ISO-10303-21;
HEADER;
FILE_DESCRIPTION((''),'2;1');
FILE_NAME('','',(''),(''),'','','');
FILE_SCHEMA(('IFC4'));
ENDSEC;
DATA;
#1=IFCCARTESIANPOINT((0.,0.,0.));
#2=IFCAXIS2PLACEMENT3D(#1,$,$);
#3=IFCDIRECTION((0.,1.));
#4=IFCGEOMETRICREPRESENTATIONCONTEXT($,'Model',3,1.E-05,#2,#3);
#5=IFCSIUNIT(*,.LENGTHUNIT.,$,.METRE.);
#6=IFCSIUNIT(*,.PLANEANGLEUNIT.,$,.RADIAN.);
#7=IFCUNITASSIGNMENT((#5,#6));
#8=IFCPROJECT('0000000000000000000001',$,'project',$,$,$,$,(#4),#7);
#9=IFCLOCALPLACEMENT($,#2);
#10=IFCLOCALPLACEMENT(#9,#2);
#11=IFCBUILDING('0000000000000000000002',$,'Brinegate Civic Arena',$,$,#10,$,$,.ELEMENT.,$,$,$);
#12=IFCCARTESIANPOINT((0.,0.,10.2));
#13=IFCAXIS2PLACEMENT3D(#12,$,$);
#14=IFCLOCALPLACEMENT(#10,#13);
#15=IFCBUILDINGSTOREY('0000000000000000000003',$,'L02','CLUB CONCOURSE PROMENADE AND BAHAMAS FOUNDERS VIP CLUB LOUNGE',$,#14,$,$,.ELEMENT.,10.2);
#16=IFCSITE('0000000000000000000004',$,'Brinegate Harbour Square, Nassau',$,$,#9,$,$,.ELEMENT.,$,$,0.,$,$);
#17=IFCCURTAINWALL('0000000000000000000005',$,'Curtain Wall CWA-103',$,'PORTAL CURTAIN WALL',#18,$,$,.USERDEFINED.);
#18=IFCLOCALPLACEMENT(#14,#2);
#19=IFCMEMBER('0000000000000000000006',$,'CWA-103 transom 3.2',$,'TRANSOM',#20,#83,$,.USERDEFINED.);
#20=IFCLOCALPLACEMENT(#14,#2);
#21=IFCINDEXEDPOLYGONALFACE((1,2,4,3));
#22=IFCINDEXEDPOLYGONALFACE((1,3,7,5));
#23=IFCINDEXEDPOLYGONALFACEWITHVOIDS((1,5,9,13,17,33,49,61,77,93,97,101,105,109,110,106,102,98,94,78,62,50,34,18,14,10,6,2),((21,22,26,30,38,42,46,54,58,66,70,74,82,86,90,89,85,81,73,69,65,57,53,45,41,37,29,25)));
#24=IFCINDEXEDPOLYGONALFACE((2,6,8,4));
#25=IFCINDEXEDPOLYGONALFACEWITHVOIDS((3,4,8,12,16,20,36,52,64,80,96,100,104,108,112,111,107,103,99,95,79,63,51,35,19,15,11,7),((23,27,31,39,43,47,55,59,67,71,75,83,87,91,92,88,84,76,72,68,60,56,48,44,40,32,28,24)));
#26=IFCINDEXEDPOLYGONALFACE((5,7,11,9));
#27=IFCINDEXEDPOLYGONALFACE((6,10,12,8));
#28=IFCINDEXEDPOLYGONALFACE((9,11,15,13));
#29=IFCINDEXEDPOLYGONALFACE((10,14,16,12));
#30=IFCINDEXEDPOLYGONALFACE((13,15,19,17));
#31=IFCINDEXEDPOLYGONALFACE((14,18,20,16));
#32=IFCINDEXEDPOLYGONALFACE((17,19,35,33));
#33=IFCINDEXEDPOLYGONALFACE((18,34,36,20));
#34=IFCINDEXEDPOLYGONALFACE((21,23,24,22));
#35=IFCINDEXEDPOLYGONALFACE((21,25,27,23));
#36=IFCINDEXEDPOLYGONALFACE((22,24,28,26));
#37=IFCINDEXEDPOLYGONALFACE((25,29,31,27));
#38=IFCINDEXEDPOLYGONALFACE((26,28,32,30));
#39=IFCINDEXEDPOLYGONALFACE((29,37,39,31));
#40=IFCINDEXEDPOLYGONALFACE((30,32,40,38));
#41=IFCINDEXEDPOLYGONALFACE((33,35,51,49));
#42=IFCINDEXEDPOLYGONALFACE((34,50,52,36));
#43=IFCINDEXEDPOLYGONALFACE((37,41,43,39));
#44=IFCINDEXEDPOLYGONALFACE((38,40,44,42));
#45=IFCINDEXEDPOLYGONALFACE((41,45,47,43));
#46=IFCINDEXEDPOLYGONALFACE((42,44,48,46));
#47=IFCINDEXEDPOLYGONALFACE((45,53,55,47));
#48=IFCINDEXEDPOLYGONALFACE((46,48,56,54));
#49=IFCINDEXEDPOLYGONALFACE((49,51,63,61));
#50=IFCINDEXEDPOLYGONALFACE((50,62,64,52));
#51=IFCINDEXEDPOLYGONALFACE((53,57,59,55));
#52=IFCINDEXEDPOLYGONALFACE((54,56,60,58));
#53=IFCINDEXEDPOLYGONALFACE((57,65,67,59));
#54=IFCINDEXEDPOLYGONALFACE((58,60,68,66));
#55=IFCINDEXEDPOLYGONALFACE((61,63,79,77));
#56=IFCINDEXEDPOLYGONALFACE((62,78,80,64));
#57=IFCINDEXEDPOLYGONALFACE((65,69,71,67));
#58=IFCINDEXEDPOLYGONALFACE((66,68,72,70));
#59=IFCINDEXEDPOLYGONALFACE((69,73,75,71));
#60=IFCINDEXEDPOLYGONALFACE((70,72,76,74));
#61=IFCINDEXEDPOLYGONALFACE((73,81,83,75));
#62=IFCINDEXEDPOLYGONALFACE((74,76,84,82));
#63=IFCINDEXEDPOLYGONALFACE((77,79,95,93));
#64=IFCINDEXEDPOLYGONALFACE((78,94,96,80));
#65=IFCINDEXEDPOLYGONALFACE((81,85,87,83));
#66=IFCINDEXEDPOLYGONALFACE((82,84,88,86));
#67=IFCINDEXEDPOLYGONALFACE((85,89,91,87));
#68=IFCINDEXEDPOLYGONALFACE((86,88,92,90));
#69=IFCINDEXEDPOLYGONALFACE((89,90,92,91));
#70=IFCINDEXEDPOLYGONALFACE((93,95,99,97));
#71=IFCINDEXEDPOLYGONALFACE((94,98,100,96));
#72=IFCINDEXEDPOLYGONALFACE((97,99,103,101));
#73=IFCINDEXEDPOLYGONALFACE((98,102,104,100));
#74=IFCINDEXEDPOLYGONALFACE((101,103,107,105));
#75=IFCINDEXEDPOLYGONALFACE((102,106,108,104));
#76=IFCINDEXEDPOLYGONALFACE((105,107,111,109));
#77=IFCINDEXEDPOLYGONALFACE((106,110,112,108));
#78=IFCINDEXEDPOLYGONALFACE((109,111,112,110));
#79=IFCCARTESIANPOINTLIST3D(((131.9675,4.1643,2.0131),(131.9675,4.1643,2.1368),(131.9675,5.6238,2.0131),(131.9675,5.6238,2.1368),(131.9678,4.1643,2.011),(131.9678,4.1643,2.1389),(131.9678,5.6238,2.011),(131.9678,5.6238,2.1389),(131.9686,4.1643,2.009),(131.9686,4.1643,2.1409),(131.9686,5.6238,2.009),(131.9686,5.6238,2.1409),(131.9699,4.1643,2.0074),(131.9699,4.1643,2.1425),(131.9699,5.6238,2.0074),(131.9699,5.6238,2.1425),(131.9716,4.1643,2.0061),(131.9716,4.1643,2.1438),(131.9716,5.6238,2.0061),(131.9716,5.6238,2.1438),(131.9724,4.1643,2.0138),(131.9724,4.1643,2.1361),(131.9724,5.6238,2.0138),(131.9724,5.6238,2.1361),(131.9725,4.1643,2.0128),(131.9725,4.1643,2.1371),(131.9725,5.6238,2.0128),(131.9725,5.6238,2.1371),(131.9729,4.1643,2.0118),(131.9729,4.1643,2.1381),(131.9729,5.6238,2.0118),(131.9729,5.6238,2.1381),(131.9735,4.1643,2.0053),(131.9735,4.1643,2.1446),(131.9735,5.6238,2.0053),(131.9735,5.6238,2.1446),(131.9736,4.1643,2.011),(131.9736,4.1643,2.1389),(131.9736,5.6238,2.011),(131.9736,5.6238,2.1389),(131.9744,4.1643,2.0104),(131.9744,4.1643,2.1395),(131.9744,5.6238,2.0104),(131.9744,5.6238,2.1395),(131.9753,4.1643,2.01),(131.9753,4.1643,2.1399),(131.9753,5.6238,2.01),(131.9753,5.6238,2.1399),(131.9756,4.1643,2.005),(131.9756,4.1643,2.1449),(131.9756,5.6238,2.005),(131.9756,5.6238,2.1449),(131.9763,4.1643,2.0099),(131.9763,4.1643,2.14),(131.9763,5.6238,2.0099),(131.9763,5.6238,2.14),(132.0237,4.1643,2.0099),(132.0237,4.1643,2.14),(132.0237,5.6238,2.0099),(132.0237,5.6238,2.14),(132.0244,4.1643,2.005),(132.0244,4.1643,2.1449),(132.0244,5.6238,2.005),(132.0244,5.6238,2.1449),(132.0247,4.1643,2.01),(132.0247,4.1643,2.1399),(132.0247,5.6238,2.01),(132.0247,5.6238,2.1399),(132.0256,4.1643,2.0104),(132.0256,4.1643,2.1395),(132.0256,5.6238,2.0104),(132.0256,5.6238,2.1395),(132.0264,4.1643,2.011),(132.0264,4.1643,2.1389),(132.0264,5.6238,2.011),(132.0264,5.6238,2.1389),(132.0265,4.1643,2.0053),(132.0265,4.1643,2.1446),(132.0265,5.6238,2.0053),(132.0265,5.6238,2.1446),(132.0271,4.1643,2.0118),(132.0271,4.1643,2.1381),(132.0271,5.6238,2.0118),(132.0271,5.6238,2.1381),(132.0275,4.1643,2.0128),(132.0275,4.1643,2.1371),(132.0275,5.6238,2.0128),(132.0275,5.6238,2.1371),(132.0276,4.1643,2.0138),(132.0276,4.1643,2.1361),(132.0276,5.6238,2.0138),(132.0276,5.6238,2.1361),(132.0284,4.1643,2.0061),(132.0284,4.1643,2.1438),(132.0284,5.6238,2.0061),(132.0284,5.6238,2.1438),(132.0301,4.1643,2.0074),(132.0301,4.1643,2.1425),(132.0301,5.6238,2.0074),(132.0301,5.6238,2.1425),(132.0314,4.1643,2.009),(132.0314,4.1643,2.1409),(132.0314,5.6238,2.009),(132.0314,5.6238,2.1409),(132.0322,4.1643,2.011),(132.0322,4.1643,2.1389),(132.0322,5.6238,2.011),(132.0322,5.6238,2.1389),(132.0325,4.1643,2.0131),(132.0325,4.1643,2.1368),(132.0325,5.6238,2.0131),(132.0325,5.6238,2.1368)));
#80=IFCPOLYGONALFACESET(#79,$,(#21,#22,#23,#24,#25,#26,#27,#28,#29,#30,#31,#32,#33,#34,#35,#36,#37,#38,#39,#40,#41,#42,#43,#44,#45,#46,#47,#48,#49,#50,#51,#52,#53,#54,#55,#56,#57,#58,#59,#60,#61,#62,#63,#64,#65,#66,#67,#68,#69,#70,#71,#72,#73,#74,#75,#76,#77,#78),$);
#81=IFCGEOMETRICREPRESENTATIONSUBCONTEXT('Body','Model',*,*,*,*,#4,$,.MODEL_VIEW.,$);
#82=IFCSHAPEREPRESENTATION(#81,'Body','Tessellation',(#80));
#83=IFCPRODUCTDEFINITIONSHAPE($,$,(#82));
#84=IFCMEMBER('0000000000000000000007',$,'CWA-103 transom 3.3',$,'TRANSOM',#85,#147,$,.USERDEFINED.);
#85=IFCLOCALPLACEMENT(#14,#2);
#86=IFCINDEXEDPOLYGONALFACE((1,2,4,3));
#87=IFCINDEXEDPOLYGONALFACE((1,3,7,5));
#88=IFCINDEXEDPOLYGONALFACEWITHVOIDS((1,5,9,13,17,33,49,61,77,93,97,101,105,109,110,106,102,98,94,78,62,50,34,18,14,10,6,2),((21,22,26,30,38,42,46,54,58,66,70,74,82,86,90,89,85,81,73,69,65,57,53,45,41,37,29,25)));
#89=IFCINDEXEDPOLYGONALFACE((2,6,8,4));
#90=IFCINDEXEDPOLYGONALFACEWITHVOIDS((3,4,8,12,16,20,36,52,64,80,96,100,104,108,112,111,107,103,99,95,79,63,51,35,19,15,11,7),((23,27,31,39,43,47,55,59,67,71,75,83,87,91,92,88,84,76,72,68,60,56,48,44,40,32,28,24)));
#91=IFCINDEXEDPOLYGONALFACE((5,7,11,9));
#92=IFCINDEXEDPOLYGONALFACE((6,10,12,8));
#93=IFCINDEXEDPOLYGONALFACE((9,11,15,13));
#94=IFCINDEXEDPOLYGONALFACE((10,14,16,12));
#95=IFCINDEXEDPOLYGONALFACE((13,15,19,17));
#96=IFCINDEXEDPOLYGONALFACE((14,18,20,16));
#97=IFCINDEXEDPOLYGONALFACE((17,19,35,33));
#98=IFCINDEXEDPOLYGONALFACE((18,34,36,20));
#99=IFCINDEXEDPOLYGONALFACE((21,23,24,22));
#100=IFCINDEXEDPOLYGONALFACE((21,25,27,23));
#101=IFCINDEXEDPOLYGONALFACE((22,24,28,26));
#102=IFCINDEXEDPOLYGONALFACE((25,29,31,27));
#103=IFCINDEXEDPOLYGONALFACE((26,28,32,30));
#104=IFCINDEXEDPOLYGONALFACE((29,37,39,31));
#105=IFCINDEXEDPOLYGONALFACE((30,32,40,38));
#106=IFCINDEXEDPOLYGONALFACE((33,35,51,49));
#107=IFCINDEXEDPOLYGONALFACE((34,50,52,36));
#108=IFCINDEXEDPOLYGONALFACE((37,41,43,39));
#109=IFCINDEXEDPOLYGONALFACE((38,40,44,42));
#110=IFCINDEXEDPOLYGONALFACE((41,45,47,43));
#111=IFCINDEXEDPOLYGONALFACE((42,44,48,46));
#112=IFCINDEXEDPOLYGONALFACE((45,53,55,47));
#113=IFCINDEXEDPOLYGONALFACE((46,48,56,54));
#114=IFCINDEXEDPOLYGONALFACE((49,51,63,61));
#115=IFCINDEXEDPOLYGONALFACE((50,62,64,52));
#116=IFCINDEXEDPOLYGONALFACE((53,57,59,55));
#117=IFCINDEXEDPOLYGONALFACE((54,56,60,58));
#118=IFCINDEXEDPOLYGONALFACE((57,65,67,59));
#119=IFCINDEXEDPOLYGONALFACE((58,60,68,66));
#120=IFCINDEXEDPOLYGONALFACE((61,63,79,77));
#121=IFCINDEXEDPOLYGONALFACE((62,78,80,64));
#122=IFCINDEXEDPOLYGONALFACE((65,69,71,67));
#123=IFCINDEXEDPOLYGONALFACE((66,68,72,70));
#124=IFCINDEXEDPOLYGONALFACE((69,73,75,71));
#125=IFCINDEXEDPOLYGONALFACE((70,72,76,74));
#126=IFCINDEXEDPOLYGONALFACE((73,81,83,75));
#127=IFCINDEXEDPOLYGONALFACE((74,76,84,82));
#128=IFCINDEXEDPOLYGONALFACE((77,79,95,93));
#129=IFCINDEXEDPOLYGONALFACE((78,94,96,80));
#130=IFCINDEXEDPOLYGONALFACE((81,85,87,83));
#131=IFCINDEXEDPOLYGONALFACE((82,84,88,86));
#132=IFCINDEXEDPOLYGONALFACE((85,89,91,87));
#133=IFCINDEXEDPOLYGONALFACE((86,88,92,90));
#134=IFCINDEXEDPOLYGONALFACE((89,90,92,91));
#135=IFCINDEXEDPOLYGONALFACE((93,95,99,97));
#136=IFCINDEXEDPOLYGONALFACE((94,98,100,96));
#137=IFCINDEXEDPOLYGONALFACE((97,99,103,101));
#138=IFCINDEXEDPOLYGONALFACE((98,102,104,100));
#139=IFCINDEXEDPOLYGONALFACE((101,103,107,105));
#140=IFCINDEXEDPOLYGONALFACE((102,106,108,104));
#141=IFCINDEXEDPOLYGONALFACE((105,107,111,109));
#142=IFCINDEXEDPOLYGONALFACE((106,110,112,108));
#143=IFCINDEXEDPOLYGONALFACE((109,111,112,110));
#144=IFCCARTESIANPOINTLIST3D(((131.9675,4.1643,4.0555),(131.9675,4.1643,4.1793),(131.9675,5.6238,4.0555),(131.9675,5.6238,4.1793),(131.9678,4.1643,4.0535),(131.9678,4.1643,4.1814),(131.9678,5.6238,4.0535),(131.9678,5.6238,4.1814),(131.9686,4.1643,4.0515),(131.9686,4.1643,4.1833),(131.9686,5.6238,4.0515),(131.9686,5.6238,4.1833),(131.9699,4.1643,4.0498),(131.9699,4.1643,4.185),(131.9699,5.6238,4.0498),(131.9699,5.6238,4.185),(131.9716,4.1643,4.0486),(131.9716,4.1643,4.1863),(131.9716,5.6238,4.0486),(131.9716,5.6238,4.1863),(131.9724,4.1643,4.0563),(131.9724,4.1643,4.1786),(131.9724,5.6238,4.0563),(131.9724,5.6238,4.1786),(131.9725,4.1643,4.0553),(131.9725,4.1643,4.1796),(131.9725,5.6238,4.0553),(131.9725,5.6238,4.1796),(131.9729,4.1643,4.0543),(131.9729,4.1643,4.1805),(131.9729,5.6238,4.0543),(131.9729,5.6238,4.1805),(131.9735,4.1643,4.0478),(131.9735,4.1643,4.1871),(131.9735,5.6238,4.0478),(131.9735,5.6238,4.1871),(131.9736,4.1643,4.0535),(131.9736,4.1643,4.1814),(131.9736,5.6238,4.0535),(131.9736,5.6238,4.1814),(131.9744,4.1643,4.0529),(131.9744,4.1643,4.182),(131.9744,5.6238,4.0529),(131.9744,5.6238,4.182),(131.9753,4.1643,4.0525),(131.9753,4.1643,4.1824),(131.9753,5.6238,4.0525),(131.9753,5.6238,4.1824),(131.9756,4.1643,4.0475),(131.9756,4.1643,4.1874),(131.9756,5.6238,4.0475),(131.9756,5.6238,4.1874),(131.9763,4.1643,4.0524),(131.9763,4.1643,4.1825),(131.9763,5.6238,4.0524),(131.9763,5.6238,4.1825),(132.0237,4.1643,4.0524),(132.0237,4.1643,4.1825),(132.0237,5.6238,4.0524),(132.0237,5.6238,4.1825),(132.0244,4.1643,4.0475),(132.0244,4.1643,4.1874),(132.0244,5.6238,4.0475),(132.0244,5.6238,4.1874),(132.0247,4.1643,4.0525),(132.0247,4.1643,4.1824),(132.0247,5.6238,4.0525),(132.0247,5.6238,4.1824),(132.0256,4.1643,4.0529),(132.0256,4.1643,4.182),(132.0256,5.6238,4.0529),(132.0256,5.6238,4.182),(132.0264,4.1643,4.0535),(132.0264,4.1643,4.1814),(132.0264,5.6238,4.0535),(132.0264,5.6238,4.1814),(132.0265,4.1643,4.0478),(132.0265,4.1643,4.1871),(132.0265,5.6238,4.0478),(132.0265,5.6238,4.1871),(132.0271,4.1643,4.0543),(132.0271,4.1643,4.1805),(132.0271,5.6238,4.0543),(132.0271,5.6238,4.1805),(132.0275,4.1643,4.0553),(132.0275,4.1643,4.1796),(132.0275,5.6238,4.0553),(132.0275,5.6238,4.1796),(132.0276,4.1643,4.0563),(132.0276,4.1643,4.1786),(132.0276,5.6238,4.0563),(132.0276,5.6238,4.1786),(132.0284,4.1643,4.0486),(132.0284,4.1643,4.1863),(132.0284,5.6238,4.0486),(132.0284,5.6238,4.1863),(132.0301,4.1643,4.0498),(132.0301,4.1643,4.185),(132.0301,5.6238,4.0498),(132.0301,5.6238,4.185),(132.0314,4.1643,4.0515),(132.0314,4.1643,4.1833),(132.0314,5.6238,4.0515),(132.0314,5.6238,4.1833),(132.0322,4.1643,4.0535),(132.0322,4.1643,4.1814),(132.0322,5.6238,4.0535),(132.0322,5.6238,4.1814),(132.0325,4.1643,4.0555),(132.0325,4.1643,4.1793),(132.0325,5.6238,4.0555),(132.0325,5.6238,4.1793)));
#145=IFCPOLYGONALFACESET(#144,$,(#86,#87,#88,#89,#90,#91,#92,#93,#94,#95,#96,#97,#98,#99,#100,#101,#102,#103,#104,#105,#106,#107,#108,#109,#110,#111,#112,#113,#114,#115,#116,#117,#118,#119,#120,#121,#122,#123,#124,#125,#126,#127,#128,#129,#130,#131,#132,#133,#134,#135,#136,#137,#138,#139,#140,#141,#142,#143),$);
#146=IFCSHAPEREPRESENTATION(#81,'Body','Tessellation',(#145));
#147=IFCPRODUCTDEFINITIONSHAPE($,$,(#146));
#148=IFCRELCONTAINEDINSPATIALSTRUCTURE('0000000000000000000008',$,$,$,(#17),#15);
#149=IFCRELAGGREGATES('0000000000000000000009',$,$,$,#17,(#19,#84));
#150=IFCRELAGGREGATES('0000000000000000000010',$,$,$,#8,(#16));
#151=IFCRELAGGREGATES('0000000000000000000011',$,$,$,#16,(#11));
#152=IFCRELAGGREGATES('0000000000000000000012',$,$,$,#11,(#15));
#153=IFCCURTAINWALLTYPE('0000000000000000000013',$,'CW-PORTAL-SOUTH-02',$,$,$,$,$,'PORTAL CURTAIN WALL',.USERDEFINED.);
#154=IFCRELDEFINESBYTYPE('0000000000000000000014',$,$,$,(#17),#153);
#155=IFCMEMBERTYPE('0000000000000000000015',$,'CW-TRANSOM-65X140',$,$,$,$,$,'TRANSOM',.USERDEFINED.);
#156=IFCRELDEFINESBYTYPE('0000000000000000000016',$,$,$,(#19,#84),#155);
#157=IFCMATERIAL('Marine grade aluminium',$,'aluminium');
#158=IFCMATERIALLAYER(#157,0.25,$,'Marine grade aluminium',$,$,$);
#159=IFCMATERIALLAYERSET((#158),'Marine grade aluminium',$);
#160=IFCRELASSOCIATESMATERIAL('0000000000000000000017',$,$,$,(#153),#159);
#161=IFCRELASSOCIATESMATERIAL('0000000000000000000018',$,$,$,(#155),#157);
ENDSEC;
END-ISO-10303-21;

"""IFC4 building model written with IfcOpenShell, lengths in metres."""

from ifc_helpers import new_model, si_unit, direction, frame, origin, origin_2d, place, context, subcontext, project, spatial, hollow_rectangle, extrude, material, layer, layer_set, material_profile, profile_set, type_object, element, aggregate, save


model = new_model("IFC4")

# Units and contexts
model_context = context("Model", 3, precision=1e-05, world=origin(), true_north=direction((0.0, 1.0)))
body_context = subcontext(model_context, "Body", "Model", "MODEL_VIEW")
ifc_project = project(units=[si_unit("LENGTHUNIT", "METRE"), si_unit("PLANEANGLEUNIT", "RADIAN")], contexts=[model_context])

# Site, building, storey
site_placement = place(None, origin())
site = spatial("IfcSite", under=ifc_project, at=site_placement, Name="Brinegate Harbour Square, Nassau", CompositionType="ELEMENT", RefElevation=0.0)
building_placement = place(site_placement, origin())
building = spatial("IfcBuilding", under=site, at=building_placement, Name="Brinegate Civic Arena", CompositionType="ELEMENT")
storey_placement = place(building_placement, frame((0.0, 0.0, 10.2)))
storey = spatial("IfcBuildingStorey", under=building, at=storey_placement, Name="L02", Description="CLUB CONCOURSE PROMENADE AND BAHAMAS FOUNDERS VIP CLUB LOUNGE", CompositionType="ELEMENT", Elevation=10.2)

# Curtain wall, members
ifc_material_1 = material(Name="Marine grade aluminium", Category="aluminium")
ifc_layer_1 = layer(ifc_material_1, 0.25, Name="Marine grade aluminium")
ifc_layer_set_1 = layer_set([ifc_layer_1], Name="Marine grade aluminium")
curtain_wall_type = type_object("IfcCurtainWallType", Name="CW-PORTAL-SOUTH-02", ElementType="PORTAL CURTAIN WALL", PredefinedType="USERDEFINED", material=ifc_layer_set_1)
curtain_wall_placement = place(storey_placement, origin())
curtain_wall = element("IfcCurtainWall", 1, at=curtain_wall_placement, inside=storey, type_object=curtain_wall_type, Name="Curtain Wall CWA-103", ObjectType="PORTAL CURTAIN WALL", PredefinedType="USERDEFINED")
ifc_material_profile_1 = material_profile(ifc_material_1, hollow_rectangle(XDim=0.0649, YDim=0.1399, WallThickness=0.0049, InnerFilletRadius=0.0039, OuterFilletRadius=0.0081, at=origin_2d()), Name="TRN65X140")
ifc_profile_set_1 = profile_set([ifc_material_profile_1], Name="Marine grade aluminium")
member_type_1 = type_object("IfcMemberType", Name="CW-TRANSOM-65X140", ElementType="TRANSOM", PredefinedType="USERDEFINED", material=ifc_profile_set_1)
member_1_placement = place(storey_placement, frame((132.0, 4.1643, 2.075), z_axis=(0.0, 1.0, 0.0), x_axis=(-1.0, 0.0, 0.0)))
member_1 = element("IfcMember", 2, at=member_1_placement, type_object=member_type_1, Name="CWA-103 transom 3.2", ObjectType="TRANSOM", PredefinedType="USERDEFINED", context=body_context, shape_type="SweptSolid", body=[
    extrude(hollow_rectangle(XDim=0.0649, YDim=0.1399, WallThickness=0.0049, InnerFilletRadius=0.0039, OuterFilletRadius=0.0081, at=origin_2d()), origin(), (0.0, 0.0, 1.0), 1.4595),
])
member_2_placement = place(storey_placement, frame((132.0, 4.1643, 4.1174), z_axis=(0.0, 1.0, 0.0), x_axis=(-1.0, 0.0, 0.0)))
member_2 = element("IfcMember", 3, at=member_2_placement, type_object=member_type_1, Name="CWA-103 transom 3.3", ObjectType="TRANSOM", PredefinedType="USERDEFINED", context=body_context, shape_type="SweptSolid", body=[
    extrude(hollow_rectangle(XDim=0.0649, YDim=0.1399, WallThickness=0.0049, InnerFilletRadius=0.0039, OuterFilletRadius=0.0081, at=origin_2d()), origin(), (0.0, 0.0, 1.0), 1.4595),
])
aggregate(curtain_wall, [member_1, member_2])

save(model, "model.ifc")
